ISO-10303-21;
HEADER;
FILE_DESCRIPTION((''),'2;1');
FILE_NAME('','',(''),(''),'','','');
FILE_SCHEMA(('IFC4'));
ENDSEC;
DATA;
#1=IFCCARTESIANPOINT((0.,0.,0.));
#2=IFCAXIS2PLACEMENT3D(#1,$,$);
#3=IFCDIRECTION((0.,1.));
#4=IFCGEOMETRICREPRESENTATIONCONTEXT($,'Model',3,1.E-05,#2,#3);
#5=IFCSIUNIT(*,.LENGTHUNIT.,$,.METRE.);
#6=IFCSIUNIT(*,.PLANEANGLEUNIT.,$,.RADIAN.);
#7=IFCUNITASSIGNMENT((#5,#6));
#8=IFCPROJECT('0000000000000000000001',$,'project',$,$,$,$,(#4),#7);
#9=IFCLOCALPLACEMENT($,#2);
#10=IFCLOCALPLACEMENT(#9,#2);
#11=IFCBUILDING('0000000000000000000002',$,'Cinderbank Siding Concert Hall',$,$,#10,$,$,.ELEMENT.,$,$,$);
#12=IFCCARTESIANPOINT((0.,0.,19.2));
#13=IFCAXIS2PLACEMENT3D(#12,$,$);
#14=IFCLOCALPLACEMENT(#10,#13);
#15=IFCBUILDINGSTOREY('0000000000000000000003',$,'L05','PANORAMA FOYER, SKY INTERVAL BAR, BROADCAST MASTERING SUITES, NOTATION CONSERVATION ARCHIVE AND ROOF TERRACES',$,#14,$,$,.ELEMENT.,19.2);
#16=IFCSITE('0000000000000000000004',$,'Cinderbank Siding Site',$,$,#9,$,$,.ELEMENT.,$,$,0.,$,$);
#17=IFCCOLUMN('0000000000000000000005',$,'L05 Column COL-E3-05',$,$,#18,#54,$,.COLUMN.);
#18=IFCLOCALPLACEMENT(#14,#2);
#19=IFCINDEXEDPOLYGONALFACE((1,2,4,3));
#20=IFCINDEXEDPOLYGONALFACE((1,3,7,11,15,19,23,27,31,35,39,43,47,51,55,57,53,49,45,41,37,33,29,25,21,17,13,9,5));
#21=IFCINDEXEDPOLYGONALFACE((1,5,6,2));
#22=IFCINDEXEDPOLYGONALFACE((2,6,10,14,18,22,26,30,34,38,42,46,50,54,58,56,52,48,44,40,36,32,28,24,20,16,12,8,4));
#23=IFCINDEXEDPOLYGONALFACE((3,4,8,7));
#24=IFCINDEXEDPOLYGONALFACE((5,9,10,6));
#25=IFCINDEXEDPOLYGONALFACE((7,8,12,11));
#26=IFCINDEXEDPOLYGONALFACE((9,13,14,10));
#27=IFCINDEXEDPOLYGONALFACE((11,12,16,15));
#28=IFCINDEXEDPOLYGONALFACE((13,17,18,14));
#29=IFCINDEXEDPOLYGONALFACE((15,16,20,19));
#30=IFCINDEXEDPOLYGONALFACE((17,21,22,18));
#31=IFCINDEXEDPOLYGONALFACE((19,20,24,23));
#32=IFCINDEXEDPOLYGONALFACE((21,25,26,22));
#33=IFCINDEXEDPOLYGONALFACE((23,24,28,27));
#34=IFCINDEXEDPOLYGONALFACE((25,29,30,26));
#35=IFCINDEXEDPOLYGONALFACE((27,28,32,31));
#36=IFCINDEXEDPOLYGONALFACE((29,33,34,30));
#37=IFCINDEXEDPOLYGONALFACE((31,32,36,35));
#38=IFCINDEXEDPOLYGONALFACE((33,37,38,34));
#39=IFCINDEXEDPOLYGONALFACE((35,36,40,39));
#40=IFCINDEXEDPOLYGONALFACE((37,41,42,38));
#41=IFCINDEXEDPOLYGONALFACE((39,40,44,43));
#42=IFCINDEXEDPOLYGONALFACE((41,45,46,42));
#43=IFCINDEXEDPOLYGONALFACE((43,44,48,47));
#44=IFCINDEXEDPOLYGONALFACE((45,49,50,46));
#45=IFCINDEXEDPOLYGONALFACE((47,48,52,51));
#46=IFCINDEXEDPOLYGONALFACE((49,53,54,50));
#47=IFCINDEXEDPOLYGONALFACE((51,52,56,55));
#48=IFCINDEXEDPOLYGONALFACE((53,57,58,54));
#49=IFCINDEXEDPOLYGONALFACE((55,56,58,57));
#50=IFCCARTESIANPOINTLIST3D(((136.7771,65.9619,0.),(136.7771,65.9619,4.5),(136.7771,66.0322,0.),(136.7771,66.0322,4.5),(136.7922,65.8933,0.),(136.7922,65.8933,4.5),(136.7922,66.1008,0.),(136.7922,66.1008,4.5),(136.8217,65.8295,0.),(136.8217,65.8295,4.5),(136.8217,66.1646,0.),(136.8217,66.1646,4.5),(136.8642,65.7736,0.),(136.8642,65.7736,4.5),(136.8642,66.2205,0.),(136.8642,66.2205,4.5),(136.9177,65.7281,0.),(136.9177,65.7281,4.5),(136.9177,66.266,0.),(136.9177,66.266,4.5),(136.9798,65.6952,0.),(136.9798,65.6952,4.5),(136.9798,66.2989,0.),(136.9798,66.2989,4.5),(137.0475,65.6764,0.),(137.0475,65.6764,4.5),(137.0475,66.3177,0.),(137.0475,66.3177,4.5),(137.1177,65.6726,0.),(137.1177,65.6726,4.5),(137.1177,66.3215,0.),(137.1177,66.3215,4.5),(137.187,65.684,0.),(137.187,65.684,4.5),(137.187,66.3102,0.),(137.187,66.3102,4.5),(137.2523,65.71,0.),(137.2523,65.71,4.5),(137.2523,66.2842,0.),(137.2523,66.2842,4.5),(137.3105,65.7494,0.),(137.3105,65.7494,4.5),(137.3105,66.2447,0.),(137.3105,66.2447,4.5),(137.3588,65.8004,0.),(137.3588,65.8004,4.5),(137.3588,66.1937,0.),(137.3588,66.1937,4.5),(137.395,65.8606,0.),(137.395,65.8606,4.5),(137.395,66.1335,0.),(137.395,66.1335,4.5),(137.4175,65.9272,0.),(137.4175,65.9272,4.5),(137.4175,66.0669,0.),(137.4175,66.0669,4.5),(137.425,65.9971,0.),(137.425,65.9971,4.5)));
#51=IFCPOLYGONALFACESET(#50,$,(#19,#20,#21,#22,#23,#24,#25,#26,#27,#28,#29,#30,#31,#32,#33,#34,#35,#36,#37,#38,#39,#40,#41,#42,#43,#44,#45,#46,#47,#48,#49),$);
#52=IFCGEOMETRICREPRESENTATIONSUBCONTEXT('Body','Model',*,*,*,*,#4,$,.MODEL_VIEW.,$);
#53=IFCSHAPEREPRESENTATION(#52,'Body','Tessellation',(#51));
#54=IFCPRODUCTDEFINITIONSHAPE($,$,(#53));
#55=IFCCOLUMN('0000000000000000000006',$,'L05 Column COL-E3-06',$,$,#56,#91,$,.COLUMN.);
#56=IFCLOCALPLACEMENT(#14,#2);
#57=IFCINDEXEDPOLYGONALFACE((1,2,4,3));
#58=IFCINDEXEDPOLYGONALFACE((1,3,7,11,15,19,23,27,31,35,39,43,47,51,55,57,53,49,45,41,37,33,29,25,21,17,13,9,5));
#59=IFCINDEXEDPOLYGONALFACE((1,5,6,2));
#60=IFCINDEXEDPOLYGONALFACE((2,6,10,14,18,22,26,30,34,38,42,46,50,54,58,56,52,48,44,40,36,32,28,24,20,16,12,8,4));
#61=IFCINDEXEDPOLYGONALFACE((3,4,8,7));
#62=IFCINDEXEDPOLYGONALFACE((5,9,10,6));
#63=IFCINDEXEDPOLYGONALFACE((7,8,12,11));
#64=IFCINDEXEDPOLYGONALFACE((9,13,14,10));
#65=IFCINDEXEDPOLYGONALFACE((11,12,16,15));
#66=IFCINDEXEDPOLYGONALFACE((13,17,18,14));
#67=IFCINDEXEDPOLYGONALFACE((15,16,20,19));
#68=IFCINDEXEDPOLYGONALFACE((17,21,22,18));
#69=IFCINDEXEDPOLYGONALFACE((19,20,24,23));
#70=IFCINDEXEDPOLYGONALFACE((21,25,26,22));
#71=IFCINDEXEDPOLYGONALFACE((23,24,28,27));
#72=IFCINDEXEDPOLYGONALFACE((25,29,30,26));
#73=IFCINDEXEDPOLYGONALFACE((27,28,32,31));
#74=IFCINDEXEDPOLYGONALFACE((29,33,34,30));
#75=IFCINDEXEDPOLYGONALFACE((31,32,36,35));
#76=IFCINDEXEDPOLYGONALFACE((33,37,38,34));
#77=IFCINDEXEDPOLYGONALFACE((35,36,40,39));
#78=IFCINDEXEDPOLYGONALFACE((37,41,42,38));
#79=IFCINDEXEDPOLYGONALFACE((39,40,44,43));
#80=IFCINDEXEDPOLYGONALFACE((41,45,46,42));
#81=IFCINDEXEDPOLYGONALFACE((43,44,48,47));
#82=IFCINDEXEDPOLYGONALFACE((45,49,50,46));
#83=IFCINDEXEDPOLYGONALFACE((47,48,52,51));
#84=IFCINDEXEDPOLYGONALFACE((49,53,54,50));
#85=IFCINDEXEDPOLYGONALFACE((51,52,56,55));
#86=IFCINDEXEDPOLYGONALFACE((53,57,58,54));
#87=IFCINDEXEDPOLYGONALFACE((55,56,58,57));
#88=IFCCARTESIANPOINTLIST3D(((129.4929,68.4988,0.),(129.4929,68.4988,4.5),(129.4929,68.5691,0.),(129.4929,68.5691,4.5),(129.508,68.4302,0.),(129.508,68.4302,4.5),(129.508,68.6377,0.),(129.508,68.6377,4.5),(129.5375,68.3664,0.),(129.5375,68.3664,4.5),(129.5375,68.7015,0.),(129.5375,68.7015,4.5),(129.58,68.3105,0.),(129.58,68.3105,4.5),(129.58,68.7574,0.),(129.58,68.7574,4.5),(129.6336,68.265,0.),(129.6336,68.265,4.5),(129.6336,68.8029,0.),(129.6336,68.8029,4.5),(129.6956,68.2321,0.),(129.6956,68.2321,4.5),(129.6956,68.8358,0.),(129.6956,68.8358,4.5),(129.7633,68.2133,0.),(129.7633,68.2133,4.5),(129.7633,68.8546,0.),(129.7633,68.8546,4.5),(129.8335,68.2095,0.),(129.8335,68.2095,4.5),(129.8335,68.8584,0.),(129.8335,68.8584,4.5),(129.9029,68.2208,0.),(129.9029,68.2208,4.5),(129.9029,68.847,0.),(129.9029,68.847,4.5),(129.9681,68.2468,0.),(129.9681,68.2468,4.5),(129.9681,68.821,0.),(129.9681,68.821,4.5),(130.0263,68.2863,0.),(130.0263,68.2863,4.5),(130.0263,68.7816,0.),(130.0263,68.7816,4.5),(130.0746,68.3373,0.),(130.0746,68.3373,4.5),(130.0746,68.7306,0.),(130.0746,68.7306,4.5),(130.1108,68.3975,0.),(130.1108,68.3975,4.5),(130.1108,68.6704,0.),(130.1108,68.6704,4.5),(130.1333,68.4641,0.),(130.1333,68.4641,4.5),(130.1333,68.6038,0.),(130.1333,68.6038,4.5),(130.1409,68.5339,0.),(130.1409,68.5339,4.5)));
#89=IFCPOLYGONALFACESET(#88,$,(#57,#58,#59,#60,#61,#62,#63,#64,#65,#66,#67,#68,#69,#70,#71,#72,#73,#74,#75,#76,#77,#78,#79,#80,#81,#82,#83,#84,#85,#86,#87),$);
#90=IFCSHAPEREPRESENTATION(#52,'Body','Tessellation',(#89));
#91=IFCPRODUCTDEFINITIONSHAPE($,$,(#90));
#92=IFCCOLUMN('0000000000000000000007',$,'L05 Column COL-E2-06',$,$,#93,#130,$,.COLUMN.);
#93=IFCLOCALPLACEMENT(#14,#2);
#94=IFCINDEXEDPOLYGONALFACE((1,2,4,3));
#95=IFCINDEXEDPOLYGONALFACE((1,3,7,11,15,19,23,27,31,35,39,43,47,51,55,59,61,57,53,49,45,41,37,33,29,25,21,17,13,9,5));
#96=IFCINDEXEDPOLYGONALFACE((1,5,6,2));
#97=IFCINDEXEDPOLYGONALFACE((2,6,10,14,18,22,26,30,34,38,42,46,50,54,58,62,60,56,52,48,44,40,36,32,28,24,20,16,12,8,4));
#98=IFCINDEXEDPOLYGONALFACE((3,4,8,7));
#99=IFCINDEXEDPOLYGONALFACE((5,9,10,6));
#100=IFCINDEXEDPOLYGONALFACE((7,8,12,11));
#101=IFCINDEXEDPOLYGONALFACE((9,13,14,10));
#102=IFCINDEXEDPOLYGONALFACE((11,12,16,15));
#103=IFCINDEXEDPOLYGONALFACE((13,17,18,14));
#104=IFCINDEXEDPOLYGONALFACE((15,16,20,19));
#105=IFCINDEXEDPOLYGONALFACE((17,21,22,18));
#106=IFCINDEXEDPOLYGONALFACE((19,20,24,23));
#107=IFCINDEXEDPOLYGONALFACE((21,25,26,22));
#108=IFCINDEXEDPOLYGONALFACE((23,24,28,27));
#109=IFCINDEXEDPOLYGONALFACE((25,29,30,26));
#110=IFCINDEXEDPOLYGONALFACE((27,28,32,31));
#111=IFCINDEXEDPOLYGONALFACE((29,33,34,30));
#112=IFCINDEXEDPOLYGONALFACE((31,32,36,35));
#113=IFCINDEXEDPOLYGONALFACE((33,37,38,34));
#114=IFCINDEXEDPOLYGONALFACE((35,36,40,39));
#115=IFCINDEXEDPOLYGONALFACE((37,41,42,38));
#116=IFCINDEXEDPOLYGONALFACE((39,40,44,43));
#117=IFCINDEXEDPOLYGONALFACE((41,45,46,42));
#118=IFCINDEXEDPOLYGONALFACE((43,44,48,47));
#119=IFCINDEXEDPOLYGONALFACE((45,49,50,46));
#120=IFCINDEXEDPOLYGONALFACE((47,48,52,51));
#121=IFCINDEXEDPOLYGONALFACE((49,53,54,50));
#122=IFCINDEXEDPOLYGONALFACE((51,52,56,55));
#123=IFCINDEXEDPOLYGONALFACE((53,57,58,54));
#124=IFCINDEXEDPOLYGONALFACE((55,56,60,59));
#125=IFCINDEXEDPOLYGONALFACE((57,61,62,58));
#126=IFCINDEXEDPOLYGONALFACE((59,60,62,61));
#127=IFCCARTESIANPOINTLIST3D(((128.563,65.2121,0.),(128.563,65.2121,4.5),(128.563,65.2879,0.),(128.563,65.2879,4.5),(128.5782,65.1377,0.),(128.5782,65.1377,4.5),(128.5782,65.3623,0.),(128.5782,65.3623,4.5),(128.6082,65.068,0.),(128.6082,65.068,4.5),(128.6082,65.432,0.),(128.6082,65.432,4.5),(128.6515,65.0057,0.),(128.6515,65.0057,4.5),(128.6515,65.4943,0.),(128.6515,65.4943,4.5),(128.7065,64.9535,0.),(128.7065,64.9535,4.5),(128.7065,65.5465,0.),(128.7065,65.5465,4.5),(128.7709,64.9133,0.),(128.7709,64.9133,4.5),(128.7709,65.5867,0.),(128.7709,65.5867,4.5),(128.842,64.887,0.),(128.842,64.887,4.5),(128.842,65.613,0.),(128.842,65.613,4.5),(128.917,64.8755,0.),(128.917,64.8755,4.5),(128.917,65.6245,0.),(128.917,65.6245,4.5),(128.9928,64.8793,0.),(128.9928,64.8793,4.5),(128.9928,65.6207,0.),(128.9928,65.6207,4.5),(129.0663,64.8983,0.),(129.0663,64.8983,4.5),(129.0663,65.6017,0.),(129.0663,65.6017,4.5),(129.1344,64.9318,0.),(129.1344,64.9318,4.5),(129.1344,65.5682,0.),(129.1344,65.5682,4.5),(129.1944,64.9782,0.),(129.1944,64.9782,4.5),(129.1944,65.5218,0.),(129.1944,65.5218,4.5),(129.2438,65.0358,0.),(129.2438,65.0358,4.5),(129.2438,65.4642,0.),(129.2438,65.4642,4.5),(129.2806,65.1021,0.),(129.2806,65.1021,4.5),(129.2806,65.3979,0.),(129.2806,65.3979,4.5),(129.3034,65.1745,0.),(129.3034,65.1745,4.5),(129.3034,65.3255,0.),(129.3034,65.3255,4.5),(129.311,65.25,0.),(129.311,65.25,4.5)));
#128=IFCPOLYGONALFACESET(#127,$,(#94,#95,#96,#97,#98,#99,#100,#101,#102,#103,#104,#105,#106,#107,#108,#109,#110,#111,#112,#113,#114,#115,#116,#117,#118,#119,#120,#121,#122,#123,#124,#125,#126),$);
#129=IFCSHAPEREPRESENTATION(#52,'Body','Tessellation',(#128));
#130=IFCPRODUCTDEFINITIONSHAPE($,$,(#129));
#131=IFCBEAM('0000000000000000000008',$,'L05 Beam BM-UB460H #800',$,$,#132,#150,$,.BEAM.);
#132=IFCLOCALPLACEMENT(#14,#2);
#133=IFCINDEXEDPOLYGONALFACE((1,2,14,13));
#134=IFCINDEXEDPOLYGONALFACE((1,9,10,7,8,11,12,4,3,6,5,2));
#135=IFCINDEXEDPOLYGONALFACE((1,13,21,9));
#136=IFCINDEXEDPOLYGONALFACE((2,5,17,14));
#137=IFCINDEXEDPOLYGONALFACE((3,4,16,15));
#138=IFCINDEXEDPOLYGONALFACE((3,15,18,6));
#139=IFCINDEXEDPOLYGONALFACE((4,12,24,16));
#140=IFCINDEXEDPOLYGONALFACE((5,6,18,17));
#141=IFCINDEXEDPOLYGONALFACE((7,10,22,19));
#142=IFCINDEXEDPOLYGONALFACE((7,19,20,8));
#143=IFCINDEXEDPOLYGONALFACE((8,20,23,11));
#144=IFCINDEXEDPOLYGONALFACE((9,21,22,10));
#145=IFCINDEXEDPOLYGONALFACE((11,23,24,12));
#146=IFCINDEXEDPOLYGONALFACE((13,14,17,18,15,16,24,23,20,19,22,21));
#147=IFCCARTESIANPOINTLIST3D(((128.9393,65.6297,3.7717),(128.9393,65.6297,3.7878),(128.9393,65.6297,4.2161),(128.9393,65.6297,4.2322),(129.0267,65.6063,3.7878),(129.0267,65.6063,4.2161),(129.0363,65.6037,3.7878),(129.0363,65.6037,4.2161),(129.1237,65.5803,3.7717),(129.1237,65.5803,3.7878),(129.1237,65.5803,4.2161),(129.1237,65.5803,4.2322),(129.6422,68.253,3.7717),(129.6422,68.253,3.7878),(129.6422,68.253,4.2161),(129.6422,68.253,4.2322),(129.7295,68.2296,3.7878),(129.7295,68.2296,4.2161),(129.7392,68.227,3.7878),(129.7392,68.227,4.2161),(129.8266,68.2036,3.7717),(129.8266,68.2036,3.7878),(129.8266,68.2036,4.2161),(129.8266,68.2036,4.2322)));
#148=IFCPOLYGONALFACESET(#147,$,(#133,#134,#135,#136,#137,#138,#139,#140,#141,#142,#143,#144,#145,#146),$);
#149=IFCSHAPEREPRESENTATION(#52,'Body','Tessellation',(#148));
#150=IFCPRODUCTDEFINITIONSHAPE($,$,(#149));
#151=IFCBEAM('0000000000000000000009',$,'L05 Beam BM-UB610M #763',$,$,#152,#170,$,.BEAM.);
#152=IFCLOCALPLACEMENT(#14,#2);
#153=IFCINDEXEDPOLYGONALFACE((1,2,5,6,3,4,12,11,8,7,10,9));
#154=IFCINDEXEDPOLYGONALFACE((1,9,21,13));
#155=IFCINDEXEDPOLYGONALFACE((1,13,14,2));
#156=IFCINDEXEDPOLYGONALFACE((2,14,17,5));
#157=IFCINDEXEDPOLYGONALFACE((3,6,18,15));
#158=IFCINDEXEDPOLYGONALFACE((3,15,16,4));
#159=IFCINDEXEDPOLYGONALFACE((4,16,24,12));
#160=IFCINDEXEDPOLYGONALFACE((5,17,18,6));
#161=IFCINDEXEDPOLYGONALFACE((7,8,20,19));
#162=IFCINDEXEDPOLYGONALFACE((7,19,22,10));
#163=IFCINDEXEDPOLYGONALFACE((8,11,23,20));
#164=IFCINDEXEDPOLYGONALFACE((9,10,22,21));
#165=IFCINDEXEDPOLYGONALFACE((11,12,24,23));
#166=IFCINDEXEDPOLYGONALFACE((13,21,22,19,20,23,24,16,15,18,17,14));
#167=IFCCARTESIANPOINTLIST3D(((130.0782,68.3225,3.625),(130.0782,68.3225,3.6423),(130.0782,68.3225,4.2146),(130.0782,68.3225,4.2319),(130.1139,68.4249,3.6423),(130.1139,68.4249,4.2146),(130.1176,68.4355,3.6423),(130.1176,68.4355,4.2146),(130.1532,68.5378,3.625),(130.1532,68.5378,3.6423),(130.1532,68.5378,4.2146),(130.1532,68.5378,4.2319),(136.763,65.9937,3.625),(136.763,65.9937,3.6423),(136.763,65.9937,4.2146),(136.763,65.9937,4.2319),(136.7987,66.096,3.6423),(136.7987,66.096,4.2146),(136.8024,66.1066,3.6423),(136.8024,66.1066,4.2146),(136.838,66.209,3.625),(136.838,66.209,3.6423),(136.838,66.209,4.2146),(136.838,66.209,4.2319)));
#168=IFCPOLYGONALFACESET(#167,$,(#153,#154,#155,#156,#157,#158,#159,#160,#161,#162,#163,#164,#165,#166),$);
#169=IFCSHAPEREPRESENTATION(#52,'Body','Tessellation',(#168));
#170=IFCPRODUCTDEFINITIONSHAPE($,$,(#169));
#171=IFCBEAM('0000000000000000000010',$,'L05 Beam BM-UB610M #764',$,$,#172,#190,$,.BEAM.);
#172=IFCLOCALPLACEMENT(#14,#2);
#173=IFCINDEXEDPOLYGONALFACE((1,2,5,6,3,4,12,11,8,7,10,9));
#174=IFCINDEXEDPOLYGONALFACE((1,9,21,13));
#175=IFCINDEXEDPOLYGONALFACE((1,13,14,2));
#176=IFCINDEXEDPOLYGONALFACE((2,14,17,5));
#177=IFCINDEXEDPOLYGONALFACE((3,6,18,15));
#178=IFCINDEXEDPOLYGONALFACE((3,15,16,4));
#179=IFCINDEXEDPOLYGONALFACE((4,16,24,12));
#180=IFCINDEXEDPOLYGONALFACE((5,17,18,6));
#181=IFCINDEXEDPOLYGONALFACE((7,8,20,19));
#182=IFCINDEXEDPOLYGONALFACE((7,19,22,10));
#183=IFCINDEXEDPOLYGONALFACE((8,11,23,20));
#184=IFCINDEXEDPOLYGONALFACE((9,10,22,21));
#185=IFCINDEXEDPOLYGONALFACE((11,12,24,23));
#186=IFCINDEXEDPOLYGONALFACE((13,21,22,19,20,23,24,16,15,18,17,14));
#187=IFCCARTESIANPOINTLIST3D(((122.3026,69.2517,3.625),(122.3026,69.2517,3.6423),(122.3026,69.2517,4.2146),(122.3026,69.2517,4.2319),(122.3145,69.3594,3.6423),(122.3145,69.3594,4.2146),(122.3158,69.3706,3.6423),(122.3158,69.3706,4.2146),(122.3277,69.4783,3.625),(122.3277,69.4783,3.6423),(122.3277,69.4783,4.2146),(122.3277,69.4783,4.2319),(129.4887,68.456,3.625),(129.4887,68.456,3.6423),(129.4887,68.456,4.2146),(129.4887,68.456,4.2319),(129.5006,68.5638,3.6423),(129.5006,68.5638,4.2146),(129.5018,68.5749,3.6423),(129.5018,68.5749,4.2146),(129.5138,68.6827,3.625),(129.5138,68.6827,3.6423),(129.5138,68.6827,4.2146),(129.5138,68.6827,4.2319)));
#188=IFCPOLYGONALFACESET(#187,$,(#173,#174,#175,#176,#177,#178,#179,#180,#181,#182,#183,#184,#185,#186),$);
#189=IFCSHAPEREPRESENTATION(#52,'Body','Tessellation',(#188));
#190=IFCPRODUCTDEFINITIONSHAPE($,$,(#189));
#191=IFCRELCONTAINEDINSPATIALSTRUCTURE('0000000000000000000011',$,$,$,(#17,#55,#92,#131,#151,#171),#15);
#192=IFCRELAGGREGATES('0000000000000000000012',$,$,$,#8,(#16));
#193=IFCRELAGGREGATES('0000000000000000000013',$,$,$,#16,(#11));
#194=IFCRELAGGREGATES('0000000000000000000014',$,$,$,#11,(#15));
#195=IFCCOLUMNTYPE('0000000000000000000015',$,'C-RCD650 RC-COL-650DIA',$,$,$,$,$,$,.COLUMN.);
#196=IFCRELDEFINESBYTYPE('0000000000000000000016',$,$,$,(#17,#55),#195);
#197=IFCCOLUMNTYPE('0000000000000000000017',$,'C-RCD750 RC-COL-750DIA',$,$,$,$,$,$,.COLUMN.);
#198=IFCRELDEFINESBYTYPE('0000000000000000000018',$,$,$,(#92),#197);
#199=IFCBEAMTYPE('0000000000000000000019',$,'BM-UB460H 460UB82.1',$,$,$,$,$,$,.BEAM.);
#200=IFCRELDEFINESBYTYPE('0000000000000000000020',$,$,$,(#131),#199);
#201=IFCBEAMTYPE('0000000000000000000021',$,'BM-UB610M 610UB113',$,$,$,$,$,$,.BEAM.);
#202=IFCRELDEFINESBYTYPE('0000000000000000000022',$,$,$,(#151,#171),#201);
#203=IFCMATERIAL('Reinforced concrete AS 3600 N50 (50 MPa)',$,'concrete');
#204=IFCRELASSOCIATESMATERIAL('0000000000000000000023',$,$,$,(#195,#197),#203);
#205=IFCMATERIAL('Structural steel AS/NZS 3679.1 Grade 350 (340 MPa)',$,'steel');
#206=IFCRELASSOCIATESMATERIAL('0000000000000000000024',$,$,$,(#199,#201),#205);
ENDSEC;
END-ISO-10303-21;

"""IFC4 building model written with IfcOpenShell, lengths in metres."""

from ifc_helpers import new_model, si_unit, direction, frame, origin, origin_2d, place, context, subcontext, project, spatial, circle, i_section, extrude, material, material_profile, profile_set, type_object, element, save


model = new_model("IFC4")

# Units and contexts
model_context = context("Model", 3, precision=1e-05, world=origin(), true_north=direction((0.0, 1.0)))
body_context = subcontext(model_context, "Body", "Model", "MODEL_VIEW")
ifc_project = project(units=[si_unit("LENGTHUNIT", "METRE"), si_unit("PLANEANGLEUNIT", "RADIAN")], contexts=[model_context])

# Site, building, storey
site_placement = place(None, origin())
site = spatial("IfcSite", under=ifc_project, at=site_placement, Name="Cinderbank Siding Site", CompositionType="ELEMENT", RefElevation=0.0)
building_placement = place(site_placement, origin())
building = spatial("IfcBuilding", under=site, at=building_placement, Name="Cinderbank Siding Concert Hall", CompositionType="ELEMENT")
storey_placement = place(building_placement, frame((0.0, 0.0, 19.2)))
storey = spatial("IfcBuildingStorey", under=building, at=storey_placement, Name="L05", Description="PANORAMA FOYER, SKY INTERVAL BAR, BROADCAST MASTERING SUITES, NOTATION CONSERVATION ARCHIVE AND ROOF TERRACES", CompositionType="ELEMENT", Elevation=19.2)

# Columns
ifc_material_1 = material(Name="Reinforced concrete AS 3600 N50 (50 MPa)", Category="concrete")
ifc_material_profile_1 = material_profile(ifc_material_1, circle(Radius=0.325, at=origin_2d()), Name="RC-COL-650DIA", Category="LoadBearing")
ifc_profile_set_1 = profile_set([ifc_material_profile_1], Name="Reinforced concrete AS 3600 N50 (50 MPa)")
column_type_1 = type_object("IfcColumnType", Name="C-RCD650 RC-COL-650DIA", PredefinedType="COLUMN", material=ifc_profile_set_1)
for number, where, z_axis, x_axis, name in (
    (1, (137.1001, 65.9971, 0.0), (0.0, 0.0, 1.0), (1.0, 0.0, 0.0), "L05 Column COL-E3-05"),
    (2, (129.8159, 68.5339, 0.0), (0.0, 0.0, 1.0), (1.0, 0.0, 0.0), "L05 Column COL-E3-06"),
):
    element("IfcColumn", number, at=place(storey_placement, frame(where, z_axis=z_axis, x_axis=x_axis)), inside=storey, type_object=column_type_1, Name=name, PredefinedType="COLUMN", context=body_context, shape_type="SweptSolid", body=[
        extrude(circle(Radius=0.325, at=origin_2d()), origin(), (0.0, 0.0, 1.0), 4.5),
    ])
ifc_material_profile_2 = material_profile(ifc_material_1, circle(Radius=0.375, at=origin_2d()), Name="RC-COL-750DIA", Category="LoadBearing")
ifc_profile_set_2 = profile_set([ifc_material_profile_2], Name="Reinforced concrete AS 3600 N50 (50 MPa)")
column_type_2 = type_object("IfcColumnType", Name="C-RCD750 RC-COL-750DIA", PredefinedType="COLUMN", material=ifc_profile_set_2)
column_placement = place(storey_placement, frame((128.936, 65.25, 0.0), z_axis=(0.0, 0.0, 1.0), x_axis=(1.0, 0.0, 0.0)))
element("IfcColumn", 3, at=column_placement, inside=storey, type_object=column_type_2, Name="L05 Column COL-E2-06", PredefinedType="COLUMN", context=body_context, shape_type="SweptSolid", body=[
    extrude(circle(Radius=0.375, at=origin_2d()), origin(), (0.0, 0.0, 1.0), 4.5),
])

# Beams
ifc_material_2 = material(Name="Structural steel AS/NZS 3679.1 Grade 350 (340 MPa)", Category="steel")
ifc_material_profile_3 = material_profile(ifc_material_2, i_section(OverallWidth=0.1909, OverallDepth=0.4604, WebThickness=0.01, FlangeThickness=0.0161, at=origin_2d()), Name="460UB82.1", Category="LoadBearing")
ifc_profile_set_3 = profile_set([ifc_material_profile_3], Name="Structural steel AS/NZS 3679.1 Grade 350 (340 MPa)")
beam_type_1 = type_object("IfcBeamType", Name="BM-UB460H 460UB82.1", PredefinedType="BEAM", material=ifc_profile_set_3)
beam_1_placement = place(storey_placement, frame((129.0315, 65.605, 4.002), z_axis=(0.258809, 0.965928, 0.0), x_axis=(-0.965928, 0.258809, 0.0)))
element("IfcBeam", 4, at=beam_1_placement, inside=storey, type_object=beam_type_1, Name="L05 Beam BM-UB460H #800", PredefinedType="BEAM", context=body_context, shape_type="SweptSolid", body=[
    extrude(i_section(OverallWidth=0.1909, OverallDepth=0.4604, WebThickness=0.01, FlangeThickness=0.0161, at=origin_2d()), origin(), (0.0, 0.0, 1.0), 2.7158),
])
ifc_material_profile_4 = material_profile(ifc_material_2, i_section(OverallWidth=0.228, OverallDepth=0.6069, WebThickness=0.0112, FlangeThickness=0.0173, at=origin_2d()), Name="610UB113", Category="LoadBearing")
ifc_profile_set_4 = profile_set([ifc_material_profile_4], Name="Structural steel AS/NZS 3679.1 Grade 350 (340 MPa)")
beam_type_2 = type_object("IfcBeamType", Name="BM-UB610M 610UB113", PredefinedType="BEAM", material=ifc_profile_set_4)
beam_2_placement = place(storey_placement, frame((136.8005, 66.1013, 3.9285), z_axis=(-0.944334, 0.328987, 0.0), x_axis=(-0.328987, -0.944334, 0.0)))
element("IfcBeam", 5, at=beam_2_placement, inside=storey, type_object=beam_type_2, Name="L05 Beam BM-UB610M #763", PredefinedType="BEAM", context=body_context, shape_type="SweptSolid", body=[
    extrude(i_section(OverallWidth=0.228, OverallDepth=0.6069, WebThickness=0.0112, FlangeThickness=0.0173, at=origin_2d()), origin(), (0.0, 0.0, 1.0), 7.0789),
])
beam_3_placement = place(storey_placement, frame((129.5012, 68.5693, 3.9285), z_axis=(-0.993926, 0.11005, 0.0), x_axis=(-0.11005, -0.993926, 0.0)))
element("IfcBeam", 6, at=beam_3_placement, inside=storey, type_object=beam_type_2, Name="L05 Beam BM-UB610M #764", PredefinedType="BEAM", context=body_context, shape_type="SweptSolid", body=[
    extrude(i_section(OverallWidth=0.228, OverallDepth=0.6069, WebThickness=0.0112, FlangeThickness=0.0173, at=origin_2d()), origin(), (0.0, 0.0, 1.0), 7.23),
])

save(model, "model.ifc")
